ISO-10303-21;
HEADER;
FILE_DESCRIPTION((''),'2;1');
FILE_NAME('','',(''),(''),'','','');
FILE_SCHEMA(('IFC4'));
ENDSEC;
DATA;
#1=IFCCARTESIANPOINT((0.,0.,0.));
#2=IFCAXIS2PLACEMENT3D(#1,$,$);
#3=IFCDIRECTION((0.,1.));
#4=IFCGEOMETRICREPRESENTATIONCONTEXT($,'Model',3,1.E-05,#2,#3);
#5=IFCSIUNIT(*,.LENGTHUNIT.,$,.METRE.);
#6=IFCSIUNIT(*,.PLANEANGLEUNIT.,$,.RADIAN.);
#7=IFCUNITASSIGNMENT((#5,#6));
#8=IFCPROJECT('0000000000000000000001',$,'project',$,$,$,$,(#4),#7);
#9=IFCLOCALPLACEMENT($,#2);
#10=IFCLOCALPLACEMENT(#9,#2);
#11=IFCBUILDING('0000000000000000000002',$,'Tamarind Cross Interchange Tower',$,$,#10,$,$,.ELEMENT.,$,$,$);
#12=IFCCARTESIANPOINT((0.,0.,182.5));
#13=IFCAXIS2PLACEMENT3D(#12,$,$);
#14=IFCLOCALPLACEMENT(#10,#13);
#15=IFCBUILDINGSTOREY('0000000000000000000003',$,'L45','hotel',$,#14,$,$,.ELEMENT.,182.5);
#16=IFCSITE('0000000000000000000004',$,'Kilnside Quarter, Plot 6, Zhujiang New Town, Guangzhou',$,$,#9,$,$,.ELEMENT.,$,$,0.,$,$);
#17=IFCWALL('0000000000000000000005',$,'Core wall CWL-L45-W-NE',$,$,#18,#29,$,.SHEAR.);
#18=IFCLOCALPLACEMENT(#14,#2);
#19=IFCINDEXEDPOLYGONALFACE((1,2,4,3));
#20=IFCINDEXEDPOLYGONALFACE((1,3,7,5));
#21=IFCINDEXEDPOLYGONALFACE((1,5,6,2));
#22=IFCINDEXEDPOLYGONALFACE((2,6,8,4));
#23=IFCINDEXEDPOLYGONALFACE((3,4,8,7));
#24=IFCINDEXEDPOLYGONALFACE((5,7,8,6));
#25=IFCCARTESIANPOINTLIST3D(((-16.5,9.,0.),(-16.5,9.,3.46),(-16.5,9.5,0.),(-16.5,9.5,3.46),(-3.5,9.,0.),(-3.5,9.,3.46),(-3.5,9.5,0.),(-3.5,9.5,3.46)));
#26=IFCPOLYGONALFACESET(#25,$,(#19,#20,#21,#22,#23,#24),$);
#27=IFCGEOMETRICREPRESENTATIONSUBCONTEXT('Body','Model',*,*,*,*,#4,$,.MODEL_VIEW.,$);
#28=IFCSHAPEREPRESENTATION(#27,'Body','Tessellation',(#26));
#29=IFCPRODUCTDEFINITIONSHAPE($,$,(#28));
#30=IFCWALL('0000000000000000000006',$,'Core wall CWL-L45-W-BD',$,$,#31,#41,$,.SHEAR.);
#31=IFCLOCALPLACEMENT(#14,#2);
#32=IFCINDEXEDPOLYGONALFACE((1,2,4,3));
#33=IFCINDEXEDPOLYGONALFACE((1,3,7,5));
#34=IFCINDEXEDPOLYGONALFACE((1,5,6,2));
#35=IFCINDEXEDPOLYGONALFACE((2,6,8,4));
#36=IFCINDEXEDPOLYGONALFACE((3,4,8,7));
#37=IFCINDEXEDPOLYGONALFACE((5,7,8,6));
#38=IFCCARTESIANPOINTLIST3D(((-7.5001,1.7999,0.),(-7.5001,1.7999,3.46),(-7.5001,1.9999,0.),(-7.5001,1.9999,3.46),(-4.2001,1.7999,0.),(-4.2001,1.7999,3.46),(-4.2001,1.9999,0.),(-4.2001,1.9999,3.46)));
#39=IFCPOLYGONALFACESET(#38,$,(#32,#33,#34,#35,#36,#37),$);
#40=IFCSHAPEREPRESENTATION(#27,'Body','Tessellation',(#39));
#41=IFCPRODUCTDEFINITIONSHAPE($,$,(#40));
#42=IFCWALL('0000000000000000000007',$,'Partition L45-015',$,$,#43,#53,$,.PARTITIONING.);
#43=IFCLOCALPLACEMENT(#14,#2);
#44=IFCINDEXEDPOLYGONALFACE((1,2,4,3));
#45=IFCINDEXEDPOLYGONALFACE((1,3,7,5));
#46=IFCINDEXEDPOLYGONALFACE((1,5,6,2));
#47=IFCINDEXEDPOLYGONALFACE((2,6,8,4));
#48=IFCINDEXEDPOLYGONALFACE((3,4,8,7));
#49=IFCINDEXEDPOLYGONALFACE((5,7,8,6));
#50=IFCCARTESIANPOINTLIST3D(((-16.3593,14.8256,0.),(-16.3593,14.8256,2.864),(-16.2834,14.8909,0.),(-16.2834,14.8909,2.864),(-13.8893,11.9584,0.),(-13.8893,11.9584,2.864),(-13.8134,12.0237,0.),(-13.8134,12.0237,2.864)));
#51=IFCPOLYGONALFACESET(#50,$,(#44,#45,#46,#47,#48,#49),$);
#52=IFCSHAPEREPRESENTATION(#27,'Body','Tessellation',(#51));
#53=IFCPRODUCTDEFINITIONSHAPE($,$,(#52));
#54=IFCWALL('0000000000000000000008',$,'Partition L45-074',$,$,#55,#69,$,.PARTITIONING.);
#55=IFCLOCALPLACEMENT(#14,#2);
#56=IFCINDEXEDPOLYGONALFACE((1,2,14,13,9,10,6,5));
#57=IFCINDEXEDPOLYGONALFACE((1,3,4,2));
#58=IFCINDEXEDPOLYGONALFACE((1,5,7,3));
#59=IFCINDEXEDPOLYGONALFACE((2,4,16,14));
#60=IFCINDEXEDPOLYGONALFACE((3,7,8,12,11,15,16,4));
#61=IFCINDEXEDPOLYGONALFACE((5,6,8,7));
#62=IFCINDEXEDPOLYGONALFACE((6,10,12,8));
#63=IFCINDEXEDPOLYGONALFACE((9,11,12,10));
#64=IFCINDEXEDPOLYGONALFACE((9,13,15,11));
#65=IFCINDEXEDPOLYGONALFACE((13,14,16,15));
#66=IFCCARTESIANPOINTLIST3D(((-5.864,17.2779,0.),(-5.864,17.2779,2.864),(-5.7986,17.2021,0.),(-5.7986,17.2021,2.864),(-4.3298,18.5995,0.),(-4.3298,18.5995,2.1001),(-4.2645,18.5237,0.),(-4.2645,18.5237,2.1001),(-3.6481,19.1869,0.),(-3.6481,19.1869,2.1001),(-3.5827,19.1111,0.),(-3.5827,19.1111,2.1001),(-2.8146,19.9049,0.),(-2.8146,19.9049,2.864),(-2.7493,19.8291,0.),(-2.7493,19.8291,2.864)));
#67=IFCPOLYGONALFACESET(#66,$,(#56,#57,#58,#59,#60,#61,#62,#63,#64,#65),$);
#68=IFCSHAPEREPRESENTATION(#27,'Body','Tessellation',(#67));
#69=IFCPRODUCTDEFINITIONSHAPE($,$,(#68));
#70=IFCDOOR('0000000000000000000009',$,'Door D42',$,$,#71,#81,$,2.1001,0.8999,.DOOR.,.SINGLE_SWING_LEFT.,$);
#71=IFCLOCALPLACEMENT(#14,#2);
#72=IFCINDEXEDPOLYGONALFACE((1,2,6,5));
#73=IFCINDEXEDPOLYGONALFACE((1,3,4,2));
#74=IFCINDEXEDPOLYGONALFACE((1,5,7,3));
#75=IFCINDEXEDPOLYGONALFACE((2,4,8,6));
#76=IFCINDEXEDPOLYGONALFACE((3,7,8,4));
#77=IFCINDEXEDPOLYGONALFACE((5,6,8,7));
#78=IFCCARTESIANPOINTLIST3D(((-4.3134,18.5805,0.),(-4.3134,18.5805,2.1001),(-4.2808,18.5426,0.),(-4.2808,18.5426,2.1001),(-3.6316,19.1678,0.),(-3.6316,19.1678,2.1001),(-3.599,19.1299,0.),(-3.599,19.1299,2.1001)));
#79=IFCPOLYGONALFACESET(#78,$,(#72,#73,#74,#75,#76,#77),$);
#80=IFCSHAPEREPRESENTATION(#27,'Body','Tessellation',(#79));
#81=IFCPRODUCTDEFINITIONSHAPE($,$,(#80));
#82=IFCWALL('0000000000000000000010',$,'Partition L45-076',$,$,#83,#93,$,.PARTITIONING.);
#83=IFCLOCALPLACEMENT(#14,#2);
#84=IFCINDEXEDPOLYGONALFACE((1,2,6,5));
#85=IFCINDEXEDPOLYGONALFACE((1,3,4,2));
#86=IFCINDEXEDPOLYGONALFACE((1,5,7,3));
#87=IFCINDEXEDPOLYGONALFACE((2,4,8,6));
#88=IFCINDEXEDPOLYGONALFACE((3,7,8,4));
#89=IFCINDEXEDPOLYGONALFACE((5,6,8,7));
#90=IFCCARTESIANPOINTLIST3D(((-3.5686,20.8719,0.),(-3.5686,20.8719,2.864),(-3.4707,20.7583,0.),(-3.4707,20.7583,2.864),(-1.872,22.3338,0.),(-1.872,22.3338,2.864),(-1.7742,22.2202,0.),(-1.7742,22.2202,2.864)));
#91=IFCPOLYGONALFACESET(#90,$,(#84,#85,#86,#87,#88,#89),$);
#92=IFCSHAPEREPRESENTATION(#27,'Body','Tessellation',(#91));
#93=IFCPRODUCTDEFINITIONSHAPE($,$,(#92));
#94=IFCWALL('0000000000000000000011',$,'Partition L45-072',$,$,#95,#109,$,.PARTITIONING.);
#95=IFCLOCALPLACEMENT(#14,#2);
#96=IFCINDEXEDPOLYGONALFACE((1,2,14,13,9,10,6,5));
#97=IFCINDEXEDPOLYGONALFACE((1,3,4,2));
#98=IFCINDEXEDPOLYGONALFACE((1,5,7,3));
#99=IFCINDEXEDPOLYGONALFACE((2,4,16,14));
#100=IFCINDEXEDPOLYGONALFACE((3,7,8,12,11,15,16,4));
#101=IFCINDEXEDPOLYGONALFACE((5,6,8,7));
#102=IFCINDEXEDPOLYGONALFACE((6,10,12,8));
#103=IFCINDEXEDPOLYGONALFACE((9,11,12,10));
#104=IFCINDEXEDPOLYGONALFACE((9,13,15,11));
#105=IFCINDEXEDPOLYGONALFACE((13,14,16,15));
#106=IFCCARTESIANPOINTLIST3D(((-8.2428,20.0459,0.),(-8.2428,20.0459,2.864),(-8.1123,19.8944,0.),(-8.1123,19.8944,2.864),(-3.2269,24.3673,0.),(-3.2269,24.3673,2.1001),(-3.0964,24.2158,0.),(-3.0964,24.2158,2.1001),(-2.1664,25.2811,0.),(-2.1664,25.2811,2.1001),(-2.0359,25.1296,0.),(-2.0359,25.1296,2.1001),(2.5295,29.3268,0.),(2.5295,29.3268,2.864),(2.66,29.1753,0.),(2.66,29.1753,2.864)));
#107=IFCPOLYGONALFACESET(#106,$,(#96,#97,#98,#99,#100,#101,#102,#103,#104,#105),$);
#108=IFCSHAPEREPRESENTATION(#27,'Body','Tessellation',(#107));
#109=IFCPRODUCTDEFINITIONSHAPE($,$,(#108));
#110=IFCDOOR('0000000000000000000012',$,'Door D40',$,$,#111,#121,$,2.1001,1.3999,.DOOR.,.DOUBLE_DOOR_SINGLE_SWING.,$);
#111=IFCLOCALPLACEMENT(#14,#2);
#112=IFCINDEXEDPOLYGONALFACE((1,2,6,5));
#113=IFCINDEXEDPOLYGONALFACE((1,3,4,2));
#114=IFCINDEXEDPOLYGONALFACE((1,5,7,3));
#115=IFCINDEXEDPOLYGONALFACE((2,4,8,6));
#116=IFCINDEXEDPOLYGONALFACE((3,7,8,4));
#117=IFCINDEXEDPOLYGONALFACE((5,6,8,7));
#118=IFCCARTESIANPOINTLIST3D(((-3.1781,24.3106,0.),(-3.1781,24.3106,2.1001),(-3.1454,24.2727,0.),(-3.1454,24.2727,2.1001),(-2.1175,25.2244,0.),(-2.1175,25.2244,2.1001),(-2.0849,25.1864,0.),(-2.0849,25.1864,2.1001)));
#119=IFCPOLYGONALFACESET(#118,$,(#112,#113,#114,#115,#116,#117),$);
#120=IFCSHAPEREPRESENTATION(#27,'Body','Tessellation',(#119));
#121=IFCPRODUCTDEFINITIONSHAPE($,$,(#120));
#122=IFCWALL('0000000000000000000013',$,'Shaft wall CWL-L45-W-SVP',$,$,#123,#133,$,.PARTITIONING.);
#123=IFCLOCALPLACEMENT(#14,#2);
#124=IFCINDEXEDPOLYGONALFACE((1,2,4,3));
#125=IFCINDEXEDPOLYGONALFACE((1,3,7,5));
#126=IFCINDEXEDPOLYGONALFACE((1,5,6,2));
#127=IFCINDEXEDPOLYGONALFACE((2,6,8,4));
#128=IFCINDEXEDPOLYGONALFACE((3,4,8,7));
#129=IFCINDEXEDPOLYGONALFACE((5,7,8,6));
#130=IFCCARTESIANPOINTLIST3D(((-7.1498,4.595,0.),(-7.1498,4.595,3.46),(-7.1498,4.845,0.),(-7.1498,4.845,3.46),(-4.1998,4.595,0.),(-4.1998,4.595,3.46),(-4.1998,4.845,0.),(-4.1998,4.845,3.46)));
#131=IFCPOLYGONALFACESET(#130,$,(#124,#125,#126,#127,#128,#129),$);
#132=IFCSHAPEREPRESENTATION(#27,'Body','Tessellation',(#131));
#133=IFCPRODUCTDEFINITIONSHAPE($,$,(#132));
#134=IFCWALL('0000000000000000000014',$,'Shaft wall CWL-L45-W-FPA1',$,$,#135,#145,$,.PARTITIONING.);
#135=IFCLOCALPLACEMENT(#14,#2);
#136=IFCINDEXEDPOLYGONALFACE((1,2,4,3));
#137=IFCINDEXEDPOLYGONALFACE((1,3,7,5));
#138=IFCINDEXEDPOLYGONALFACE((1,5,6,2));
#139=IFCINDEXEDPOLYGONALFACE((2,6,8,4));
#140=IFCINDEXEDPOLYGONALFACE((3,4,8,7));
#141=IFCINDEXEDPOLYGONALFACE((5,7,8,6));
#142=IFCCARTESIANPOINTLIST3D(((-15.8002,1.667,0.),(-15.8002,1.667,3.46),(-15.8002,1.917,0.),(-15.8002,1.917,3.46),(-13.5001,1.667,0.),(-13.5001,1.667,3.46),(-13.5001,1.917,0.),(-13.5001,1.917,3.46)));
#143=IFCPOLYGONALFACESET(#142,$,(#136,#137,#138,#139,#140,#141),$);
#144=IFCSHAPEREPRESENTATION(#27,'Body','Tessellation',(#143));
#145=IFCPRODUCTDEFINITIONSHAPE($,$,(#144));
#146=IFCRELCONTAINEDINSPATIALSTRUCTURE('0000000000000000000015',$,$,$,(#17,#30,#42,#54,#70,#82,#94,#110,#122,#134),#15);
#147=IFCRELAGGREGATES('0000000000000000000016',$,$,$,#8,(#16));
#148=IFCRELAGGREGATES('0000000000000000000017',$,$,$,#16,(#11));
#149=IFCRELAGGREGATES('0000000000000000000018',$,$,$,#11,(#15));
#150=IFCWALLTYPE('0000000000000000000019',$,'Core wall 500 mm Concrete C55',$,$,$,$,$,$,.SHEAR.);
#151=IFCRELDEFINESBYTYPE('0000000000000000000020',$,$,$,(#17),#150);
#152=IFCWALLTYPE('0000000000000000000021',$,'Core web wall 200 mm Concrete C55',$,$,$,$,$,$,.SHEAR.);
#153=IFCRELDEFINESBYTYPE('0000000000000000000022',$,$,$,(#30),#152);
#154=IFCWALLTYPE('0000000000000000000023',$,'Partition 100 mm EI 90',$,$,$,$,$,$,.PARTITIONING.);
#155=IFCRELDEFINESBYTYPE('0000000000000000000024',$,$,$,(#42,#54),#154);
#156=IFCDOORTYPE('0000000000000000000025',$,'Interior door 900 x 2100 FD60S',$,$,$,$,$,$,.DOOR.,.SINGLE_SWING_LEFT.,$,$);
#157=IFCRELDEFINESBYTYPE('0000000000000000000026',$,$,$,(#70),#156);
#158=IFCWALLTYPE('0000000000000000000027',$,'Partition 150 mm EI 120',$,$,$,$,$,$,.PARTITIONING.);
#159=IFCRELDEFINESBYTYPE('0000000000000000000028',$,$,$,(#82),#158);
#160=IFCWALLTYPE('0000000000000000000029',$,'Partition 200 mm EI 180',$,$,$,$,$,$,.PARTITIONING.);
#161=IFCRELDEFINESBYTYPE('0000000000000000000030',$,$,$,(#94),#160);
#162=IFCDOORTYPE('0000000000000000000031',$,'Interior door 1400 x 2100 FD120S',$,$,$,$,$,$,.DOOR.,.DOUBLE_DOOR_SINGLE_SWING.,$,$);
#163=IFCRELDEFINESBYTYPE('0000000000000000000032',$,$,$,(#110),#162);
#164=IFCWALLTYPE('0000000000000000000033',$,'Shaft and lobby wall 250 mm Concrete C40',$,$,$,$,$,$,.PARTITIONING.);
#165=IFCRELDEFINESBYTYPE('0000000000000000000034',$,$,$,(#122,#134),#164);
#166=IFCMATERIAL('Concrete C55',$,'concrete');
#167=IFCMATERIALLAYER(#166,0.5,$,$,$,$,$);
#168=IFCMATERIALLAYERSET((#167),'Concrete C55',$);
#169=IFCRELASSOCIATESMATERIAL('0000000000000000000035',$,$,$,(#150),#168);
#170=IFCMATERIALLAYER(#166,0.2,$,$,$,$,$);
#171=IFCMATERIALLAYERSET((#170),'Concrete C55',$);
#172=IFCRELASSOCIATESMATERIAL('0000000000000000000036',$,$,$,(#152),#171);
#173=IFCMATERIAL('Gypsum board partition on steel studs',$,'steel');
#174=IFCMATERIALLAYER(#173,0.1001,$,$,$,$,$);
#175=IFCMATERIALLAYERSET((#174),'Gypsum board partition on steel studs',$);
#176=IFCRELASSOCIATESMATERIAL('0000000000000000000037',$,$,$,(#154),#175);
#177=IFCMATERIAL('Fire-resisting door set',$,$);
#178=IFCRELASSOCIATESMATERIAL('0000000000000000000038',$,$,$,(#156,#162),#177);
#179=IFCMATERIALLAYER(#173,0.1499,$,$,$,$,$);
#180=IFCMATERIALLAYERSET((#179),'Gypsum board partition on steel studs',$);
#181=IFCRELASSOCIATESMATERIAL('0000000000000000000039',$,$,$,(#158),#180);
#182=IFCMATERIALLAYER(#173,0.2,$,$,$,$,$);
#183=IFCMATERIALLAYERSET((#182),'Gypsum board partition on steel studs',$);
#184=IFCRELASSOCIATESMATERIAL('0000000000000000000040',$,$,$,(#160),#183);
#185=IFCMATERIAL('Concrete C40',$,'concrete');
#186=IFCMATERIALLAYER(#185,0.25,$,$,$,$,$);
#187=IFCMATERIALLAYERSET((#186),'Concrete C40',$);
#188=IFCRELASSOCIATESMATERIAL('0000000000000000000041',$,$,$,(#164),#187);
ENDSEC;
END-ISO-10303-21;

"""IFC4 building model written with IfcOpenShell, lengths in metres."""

from ifc_helpers import new_model, si_unit, direction, frame, frame_2d, origin, place, context, subcontext, project, spatial, rectangle, extrude, material, layer, layer_set, type_object, element, fill, save


model = new_model("IFC4")

# Units and contexts
model_context = context("Model", 3, precision=1e-05, world=origin(), true_north=direction((0.0, 1.0)))
body_context = subcontext(model_context, "Body", "Model", "MODEL_VIEW")
ifc_project = project(units=[si_unit("LENGTHUNIT", "METRE"), si_unit("PLANEANGLEUNIT", "RADIAN")], contexts=[model_context])

# Site, building, storey
site_placement = place(None, origin())
site = spatial("IfcSite", under=ifc_project, at=site_placement, Name="Kilnside Quarter, Plot 6, Zhujiang New Town, Guangzhou", CompositionType="ELEMENT", RefElevation=0.0)
building_placement = place(site_placement, origin())
building = spatial("IfcBuilding", under=site, at=building_placement, Name="Tamarind Cross Interchange Tower", CompositionType="ELEMENT")
storey_placement = place(building_placement, frame((0.0, 0.0, 182.5)))
storey = spatial("IfcBuildingStorey", under=building, at=storey_placement, Name="L45", Description="hotel", CompositionType="ELEMENT", Elevation=182.5)

# Shared definitions
ifc_material_1 = material(Name="Concrete C55", Category="concrete")

# Shared definitions
ifc_material_2 = material(Name="Concrete C40", Category="concrete")

# Walls
ifc_layer_1 = layer(ifc_material_1, 0.5)
ifc_layer_set_1 = layer_set([ifc_layer_1], Name="Concrete C55")
wall_type_1 = type_object("IfcWallType", Name="Core wall 500 mm Concrete C55", PredefinedType="SHEAR", material=ifc_layer_set_1)
wall_1_placement = place(storey_placement, frame((-16.5, 9.25, 0.0), z_axis=(0.0, 0.0, 1.0), x_axis=(1.0, 0.0, 0.0)))
element("IfcWall", 1, at=wall_1_placement, inside=storey, type_object=wall_type_1, Name="Core wall CWL-L45-W-NE", PredefinedType="SHEAR", context=body_context, shape_type="SweptSolid", body=[
    extrude(rectangle(XDim=13.0, YDim=0.5, at=frame_2d((6.5, 0.0))), origin(), (0.0, 0.0, 1.0), 3.46),
])
ifc_layer_2 = layer(ifc_material_1, 0.2)
ifc_layer_set_2 = layer_set([ifc_layer_2], Name="Concrete C55")
wall_type_2 = type_object("IfcWallType", Name="Core web wall 200 mm Concrete C55", PredefinedType="SHEAR", material=ifc_layer_set_2)
wall_2_placement = place(storey_placement, frame((-7.5, 1.8999, 0.0), z_axis=(0.0, 0.0, 1.0), x_axis=(1.0, 0.0, 0.0)))
element("IfcWall", 2, at=wall_2_placement, inside=storey, type_object=wall_type_2, Name="Core wall CWL-L45-W-BD", PredefinedType="SHEAR", context=body_context, shape_type="SweptSolid", body=[
    extrude(rectangle(XDim=3.3, YDim=0.2, at=frame_2d((1.6499, 0.0))), origin(), (0.0, 0.0, 1.0), 3.46),
])
ifc_material_3 = material(Name="Gypsum board partition on steel studs", Category="steel")
ifc_layer_3 = layer(ifc_material_3, 0.1001)
ifc_layer_set_3 = layer_set([ifc_layer_3], Name="Gypsum board partition on steel studs")
wall_type_3 = type_object("IfcWallType", Name="Partition 100 mm EI 90", PredefinedType="PARTITIONING", material=ifc_layer_set_3)
wall_3_placement = place(storey_placement, frame((-16.3213, 14.8582, 0.0), z_axis=(0.0, 0.0, 1.0), x_axis=(0.652675, -0.757638, 0.0)))
element("IfcWall", 3, at=wall_3_placement, inside=storey, type_object=wall_type_3, Name="Partition L45-015", PredefinedType="PARTITIONING", context=body_context, shape_type="SweptSolid", body=[
    extrude(rectangle(XDim=3.7844, YDim=0.1001, at=frame_2d((1.8921, 0.0))), origin(), (0.0, 0.0, 1.0), 2.864),
])

# Wall, opening, door
wall_4_placement = place(storey_placement, frame((-5.8313, 17.24, 0.0), z_axis=(0.0, 0.0, 1.0), x_axis=(0.757627, 0.652688, 0.0)))
wall_4 = element("IfcWall", 4, at=wall_4_placement, inside=storey, type_object=wall_type_3, Name="Partition L45-074", PredefinedType="PARTITIONING", context=body_context, shape_type="SweptSolid", body=[
    extrude(rectangle(XDim=4.0249, YDim=0.1001, at=frame_2d((2.0125, 0.0))), origin(), (0.0, 0.0, 1.0), 2.864),
])
opening_1_placement = place(wall_4_placement, frame((2.0249, 0.0, 0.0)))
opening_1 = element("IfcOpeningElement", 5, at=opening_1_placement, cuts=wall_4, PredefinedType="OPENING", context=body_context, shape_type="SweptSolid", body=[
    extrude(rectangle(XDim=0.8999, YDim=2.1001, at=frame_2d((0.45, 1.05))), frame((0.0, 0.0601, 0.0), z_axis=(0.0, -1.0, 0.0), x_axis=(1.0, 0.0, 0.0)), (0.0, 0.0, 1.0), 0.1201),
])
ifc_material_4 = material(Name="Fire-resisting door set")
door_type_1 = type_object("IfcDoorType", Name="Interior door 900 x 2100 FD60S", OperationType="SINGLE_SWING_LEFT", PredefinedType="DOOR", material=ifc_material_4)
door_1_placement = place(opening_1_placement, origin())
door_1 = element("IfcDoor", 6, at=door_1_placement, inside=storey, type_object=door_type_1, Name="Door D42", OperationType="SINGLE_SWING_LEFT", OverallHeight=2.1001, OverallWidth=0.8999, PredefinedType="DOOR", context=body_context, shape_type="SweptSolid", body=[
    extrude(rectangle(XDim=0.8999, YDim=2.1001, at=frame_2d((0.45, 1.05))), frame((0.0, 0.0249, 0.0), z_axis=(0.0, -1.0, 0.0), x_axis=(1.0, 0.0, 0.0)), (0.0, 0.0, 1.0), 0.05),
])
fill(opening_1, door_1)

# Wall
ifc_layer_4 = layer(ifc_material_3, 0.1499)
ifc_layer_set_4 = layer_set([ifc_layer_4], Name="Gypsum board partition on steel studs")
wall_type_4 = type_object("IfcWallType", Name="Partition 150 mm EI 120", PredefinedType="PARTITIONING", material=ifc_layer_set_4)
wall_5_placement = place(storey_placement, frame((-3.5195, 20.8152, 0.0), z_axis=(0.0, 0.0, 1.0), x_axis=(0.757546, 0.652782, 0.0)))
element("IfcWall", 7, at=wall_5_placement, inside=storey, type_object=wall_type_4, Name="Partition L45-076", PredefinedType="PARTITIONING", context=body_context, shape_type="SweptSolid", body=[
    extrude(rectangle(XDim=2.2395, YDim=0.1499, at=frame_2d((1.1196, 0.0))), origin(), (0.0, 0.0, 1.0), 2.864),
])

# Wall, opening, door
ifc_layer_5 = layer(ifc_material_3, 0.2)
ifc_layer_set_5 = layer_set([ifc_layer_5], Name="Gypsum board partition on steel studs")
wall_type_5 = type_object("IfcWallType", Name="Partition 200 mm EI 180", PredefinedType="PARTITIONING", material=ifc_layer_set_5)
wall_6_placement = place(storey_placement, frame((-8.1775, 19.9702, 0.0), z_axis=(0.0, 0.0, 1.0), x_axis=(0.757605, 0.652714, 0.0)))
wall_6 = element("IfcWall", 8, at=wall_6_placement, inside=storey, type_object=wall_type_5, Name="Partition L45-072", PredefinedType="PARTITIONING", context=body_context, shape_type="SweptSolid", body=[
    extrude(rectangle(XDim=14.219, YDim=0.2, at=frame_2d((7.1094, 0.0))), origin(), (0.0, 0.0, 1.0), 2.864),
])
opening_2_placement = place(wall_6_placement, frame((6.6206, 0.0, 0.0)))
opening_2 = element("IfcOpeningElement", 9, at=opening_2_placement, cuts=wall_6, PredefinedType="OPENING", context=body_context, shape_type="SweptSolid", body=[
    extrude(rectangle(XDim=1.3999, YDim=2.1001, at=frame_2d((0.7, 1.05))), frame((0.0, 0.1099, 0.0), z_axis=(0.0, -1.0, 0.0), x_axis=(1.0, 0.0, 0.0)), (0.0, 0.0, 1.0), 0.22),
])
door_type_2 = type_object("IfcDoorType", Name="Interior door 1400 x 2100 FD120S", OperationType="DOUBLE_DOOR_SINGLE_SWING", PredefinedType="DOOR", material=ifc_material_4)
door_2_placement = place(opening_2_placement, frame((1.3999, 0.0, 0.0), z_axis=(0.0, 0.0, 1.0), x_axis=(-1.0, 0.0, 0.0)))
door_2 = element("IfcDoor", 10, at=door_2_placement, inside=storey, type_object=door_type_2, Name="Door D40", OperationType="DOUBLE_DOOR_SINGLE_SWING", OverallHeight=2.1001, OverallWidth=1.3999, PredefinedType="DOOR", context=body_context, shape_type="SweptSolid", body=[
    extrude(rectangle(XDim=1.3999, YDim=2.1001, at=frame_2d((0.7, 1.05))), frame((0.0, 0.0249, 0.0), z_axis=(0.0, -1.0, 0.0), x_axis=(1.0, 0.0, 0.0)), (0.0, 0.0, 1.0), 0.05),
])
fill(opening_2, door_2)

# Walls
ifc_layer_6 = layer(ifc_material_2, 0.25)
ifc_layer_set_6 = layer_set([ifc_layer_6], Name="Concrete C40")
wall_type_6 = type_object("IfcWallType", Name="Shaft and lobby wall 250 mm Concrete C40", PredefinedType="PARTITIONING", material=ifc_layer_set_6)
wall_7_placement = place(storey_placement, frame((-7.1499, 4.72, 0.0), z_axis=(0.0, 0.0, 1.0), x_axis=(1.0, 0.0, 0.0)))
element("IfcWall", 11, at=wall_7_placement, inside=storey, type_object=wall_type_6, Name="Shaft wall CWL-L45-W-SVP", PredefinedType="PARTITIONING", context=body_context, shape_type="SweptSolid", body=[
    extrude(rectangle(XDim=2.95, YDim=0.25, at=frame_2d((1.4751, 0.0))), origin(), (0.0, 0.0, 1.0), 3.46),
])
wall_8_placement = place(storey_placement, frame((-15.8, 1.792, 0.0), z_axis=(0.0, 0.0, 1.0), x_axis=(1.0, 0.0, 0.0)))
element("IfcWall", 12, at=wall_8_placement, inside=storey, type_object=wall_type_6, Name="Shaft wall CWL-L45-W-FPA1", PredefinedType="PARTITIONING", context=body_context, shape_type="SweptSolid", body=[
    extrude(rectangle(XDim=2.3, YDim=0.25, at=frame_2d((1.1499, 0.0))), origin(), (0.0, 0.0, 1.0), 3.46),
])

save(model, "model.ifc")
